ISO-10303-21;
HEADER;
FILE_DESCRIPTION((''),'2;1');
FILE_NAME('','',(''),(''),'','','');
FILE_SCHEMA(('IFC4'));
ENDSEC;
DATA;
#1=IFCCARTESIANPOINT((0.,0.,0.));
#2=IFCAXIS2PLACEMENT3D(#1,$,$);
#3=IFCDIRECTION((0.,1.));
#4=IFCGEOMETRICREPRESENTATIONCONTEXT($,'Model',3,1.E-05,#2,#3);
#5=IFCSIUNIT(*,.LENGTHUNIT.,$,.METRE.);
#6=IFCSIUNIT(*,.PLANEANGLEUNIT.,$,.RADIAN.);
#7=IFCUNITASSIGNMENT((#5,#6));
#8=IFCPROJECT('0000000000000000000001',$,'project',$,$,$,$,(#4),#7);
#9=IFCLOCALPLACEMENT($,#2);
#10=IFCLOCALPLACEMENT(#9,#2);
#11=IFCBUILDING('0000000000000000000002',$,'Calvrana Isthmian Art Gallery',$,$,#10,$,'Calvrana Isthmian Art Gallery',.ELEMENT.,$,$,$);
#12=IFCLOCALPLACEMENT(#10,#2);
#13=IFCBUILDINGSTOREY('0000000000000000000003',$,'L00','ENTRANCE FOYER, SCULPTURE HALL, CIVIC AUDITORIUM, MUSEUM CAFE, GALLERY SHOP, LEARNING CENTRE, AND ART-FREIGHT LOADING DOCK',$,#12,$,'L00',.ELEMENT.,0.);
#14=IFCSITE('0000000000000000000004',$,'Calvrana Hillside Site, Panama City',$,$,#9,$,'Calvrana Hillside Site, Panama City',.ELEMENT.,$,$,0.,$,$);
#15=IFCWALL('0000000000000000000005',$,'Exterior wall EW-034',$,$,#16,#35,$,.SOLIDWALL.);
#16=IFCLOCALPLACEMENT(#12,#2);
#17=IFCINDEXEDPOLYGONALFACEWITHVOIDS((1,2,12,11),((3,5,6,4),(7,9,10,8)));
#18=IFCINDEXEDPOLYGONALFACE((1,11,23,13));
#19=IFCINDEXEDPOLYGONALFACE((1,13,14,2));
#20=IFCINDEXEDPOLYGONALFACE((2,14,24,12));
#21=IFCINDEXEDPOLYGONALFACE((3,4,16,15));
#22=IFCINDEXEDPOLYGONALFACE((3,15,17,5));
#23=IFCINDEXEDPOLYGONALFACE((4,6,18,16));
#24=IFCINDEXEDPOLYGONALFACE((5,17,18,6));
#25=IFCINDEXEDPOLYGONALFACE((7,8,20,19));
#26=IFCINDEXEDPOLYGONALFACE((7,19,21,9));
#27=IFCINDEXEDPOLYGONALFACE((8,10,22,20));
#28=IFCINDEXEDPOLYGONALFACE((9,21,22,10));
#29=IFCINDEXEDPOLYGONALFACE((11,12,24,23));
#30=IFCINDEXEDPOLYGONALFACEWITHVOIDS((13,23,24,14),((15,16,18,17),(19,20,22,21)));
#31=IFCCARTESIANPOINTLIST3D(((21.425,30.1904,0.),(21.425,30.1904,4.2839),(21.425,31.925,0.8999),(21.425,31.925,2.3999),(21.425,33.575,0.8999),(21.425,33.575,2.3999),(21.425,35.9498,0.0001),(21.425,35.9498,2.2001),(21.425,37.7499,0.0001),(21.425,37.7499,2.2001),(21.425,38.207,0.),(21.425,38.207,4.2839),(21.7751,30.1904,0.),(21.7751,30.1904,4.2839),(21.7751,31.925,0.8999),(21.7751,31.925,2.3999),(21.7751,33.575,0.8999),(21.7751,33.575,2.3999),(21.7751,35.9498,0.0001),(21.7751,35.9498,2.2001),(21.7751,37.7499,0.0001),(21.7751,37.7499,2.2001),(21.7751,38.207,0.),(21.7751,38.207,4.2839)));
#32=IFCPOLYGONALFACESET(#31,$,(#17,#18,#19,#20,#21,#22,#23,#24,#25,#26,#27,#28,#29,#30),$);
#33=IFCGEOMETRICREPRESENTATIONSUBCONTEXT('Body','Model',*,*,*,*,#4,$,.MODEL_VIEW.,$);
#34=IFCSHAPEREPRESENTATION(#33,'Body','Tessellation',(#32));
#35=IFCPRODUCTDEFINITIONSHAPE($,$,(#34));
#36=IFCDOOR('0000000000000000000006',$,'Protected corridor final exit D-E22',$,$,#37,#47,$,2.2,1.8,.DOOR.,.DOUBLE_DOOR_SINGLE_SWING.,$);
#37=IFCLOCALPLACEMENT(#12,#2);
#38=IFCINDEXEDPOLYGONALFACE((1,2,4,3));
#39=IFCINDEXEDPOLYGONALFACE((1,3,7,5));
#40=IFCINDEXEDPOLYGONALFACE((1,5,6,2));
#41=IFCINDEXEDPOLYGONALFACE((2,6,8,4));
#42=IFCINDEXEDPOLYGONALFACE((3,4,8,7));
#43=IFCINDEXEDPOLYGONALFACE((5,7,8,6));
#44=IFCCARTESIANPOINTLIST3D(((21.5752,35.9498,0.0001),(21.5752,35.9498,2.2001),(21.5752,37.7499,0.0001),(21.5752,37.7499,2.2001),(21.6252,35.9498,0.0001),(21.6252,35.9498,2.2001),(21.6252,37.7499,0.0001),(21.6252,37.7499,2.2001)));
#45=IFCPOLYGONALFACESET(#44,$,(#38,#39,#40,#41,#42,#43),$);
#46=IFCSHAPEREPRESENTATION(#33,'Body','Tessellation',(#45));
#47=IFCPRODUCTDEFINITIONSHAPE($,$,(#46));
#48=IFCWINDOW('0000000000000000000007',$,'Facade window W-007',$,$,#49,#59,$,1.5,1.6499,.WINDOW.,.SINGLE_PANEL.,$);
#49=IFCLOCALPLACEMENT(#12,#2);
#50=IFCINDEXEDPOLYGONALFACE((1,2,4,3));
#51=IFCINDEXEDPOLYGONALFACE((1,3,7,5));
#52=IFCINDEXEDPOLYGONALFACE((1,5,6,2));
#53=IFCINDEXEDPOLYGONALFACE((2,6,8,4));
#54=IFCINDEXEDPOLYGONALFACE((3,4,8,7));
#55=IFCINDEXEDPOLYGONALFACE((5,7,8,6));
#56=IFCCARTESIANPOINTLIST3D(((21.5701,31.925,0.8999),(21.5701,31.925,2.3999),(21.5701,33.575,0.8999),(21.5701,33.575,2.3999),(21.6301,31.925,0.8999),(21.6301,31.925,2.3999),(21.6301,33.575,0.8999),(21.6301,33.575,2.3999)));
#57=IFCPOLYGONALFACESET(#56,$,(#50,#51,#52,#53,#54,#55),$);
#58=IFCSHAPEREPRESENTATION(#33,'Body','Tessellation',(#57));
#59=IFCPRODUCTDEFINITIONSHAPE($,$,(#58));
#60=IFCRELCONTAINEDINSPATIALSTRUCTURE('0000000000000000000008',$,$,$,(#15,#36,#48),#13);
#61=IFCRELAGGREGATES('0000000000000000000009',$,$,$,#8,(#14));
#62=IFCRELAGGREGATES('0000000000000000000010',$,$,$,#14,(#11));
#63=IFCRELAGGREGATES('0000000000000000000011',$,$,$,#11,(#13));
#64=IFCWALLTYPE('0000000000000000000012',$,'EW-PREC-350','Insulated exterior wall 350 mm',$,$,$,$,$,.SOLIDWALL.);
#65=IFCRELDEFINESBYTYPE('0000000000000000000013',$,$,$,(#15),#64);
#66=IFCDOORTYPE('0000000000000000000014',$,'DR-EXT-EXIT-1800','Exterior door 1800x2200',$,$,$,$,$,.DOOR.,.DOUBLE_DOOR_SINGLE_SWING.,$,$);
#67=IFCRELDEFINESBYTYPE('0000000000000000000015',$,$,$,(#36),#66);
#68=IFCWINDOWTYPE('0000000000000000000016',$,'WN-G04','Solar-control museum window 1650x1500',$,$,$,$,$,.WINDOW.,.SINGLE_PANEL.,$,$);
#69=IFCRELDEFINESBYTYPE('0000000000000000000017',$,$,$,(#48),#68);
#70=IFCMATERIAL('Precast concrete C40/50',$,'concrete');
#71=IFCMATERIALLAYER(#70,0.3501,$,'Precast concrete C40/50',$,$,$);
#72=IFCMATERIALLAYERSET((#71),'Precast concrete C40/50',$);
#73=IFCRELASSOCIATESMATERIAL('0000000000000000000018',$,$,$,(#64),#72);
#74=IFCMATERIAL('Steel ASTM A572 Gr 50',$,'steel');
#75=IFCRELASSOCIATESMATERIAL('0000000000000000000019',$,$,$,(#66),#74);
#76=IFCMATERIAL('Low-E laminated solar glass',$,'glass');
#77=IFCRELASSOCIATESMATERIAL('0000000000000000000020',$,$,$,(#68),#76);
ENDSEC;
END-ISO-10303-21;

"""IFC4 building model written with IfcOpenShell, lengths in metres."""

from ifc_helpers import new_model, si_unit, direction, frame, frame_2d, origin, place, context, subcontext, project, spatial, rectangle, extrude, material, layer, layer_set, type_object, element, fill, save


model = new_model("IFC4")

# Units and contexts
model_context = context("Model", 3, precision=1e-05, world=origin(), true_north=direction((0.0, 1.0)))
body_context = subcontext(model_context, "Body", "Model", "MODEL_VIEW")
ifc_project = project(units=[si_unit("LENGTHUNIT", "METRE"), si_unit("PLANEANGLEUNIT", "RADIAN")], contexts=[model_context])

# Site, building, storey
site_placement = place(None, origin())
site = spatial("IfcSite", under=ifc_project, at=site_placement, Name="Calvrana Hillside Site, Panama City", LongName="Calvrana Hillside Site, Panama City", CompositionType="ELEMENT", RefElevation=0.0)
building_placement = place(site_placement, origin())
building = spatial("IfcBuilding", under=site, at=building_placement, Name="Calvrana Isthmian Art Gallery", LongName="Calvrana Isthmian Art Gallery", CompositionType="ELEMENT")
storey_placement = place(building_placement, origin())
storey = spatial("IfcBuildingStorey", under=building, at=storey_placement, Name="L00", Description="ENTRANCE FOYER, SCULPTURE HALL, CIVIC AUDITORIUM, MUSEUM CAFE, GALLERY SHOP, LEARNING CENTRE, AND ART-FREIGHT LOADING DOCK", LongName="L00", CompositionType="ELEMENT", Elevation=0.0)

# Shared definitions
ifc_material_1 = material(Name="Low-E laminated solar glass", Category="glass")

# Wall, openings, door, window
ifc_material_2 = material(Name="Precast concrete C40/50", Category="concrete")
ifc_layer_1 = layer(ifc_material_2, 0.3501, Name="Precast concrete C40/50")
ifc_layer_set_1 = layer_set([ifc_layer_1], Name="Precast concrete C40/50")
wall_type = type_object("IfcWallType", Name="EW-PREC-350", Description="Insulated exterior wall 350 mm", PredefinedType="SOLIDWALL", material=ifc_layer_set_1)
wall_placement = place(storey_placement, frame((21.6001, 30.1904, 0.0), z_axis=(0.0, 0.0, 1.0), x_axis=(0.0, 1.0, 0.0)))
wall = element("IfcWall", 1, at=wall_placement, inside=storey, type_object=wall_type, Name="Exterior wall EW-034", PredefinedType="SOLIDWALL", context=body_context, shape_type="SweptSolid", body=[
    extrude(rectangle(XDim=8.0166, YDim=0.3501, at=frame_2d((4.0083, 0.0))), origin(), (0.0, 0.0, 1.0), 4.2839),
])
opening_1_placement = place(wall_placement, frame((5.7595, 0.0, 0.0)))
opening_1 = element("IfcOpeningElement", 2, at=opening_1_placement, cuts=wall, PredefinedType="OPENING", context=body_context, shape_type="SweptSolid", body=[
    extrude(rectangle(XDim=1.8, YDim=2.2, at=frame_2d((0.8999, 1.1001))), frame((0.0, 0.1853, 0.0), z_axis=(0.0, -1.0, 0.0), x_axis=(1.0, 0.0, 0.0)), (0.0, 0.0, 1.0), 0.3706),
])
opening_2_placement = place(wall_placement, frame((1.7346, 0.0, 0.8999)))
opening_2 = element("IfcOpeningElement", 3, at=opening_2_placement, cuts=wall, PredefinedType="OPENING", context=body_context, shape_type="SweptSolid", body=[
    extrude(rectangle(XDim=1.6499, YDim=1.5, at=frame_2d((0.825, 0.75))), frame((0.0, 0.1853, 0.0), z_axis=(0.0, -1.0, 0.0), x_axis=(1.0, 0.0, 0.0)), (0.0, 0.0, 1.0), 0.3706),
])
ifc_material_3 = material(Name="Steel ASTM A572 Gr 50", Category="steel")
door_type = type_object("IfcDoorType", Name="DR-EXT-EXIT-1800", Description="Exterior door 1800x2200", OperationType="DOUBLE_DOOR_SINGLE_SWING", PredefinedType="DOOR", material=ifc_material_3)
door_placement = place(opening_1_placement, origin())
door = element("IfcDoor", 4, at=door_placement, inside=storey, type_object=door_type, Name="Protected corridor final exit D-E22", OperationType="DOUBLE_DOOR_SINGLE_SWING", OverallHeight=2.2, OverallWidth=1.8, PredefinedType="DOOR", context=body_context, shape_type="SweptSolid", body=[
    extrude(rectangle(XDim=1.8, YDim=2.2, at=frame_2d((0.8999, 1.1001))), frame((0.0, 0.0249, 0.0), z_axis=(0.0, -1.0, 0.0), x_axis=(1.0, 0.0, 0.0)), (0.0, 0.0, 1.0), 0.05),
])
fill(opening_1, door)
window_type = type_object("IfcWindowType", Name="WN-G04", Description="Solar-control museum window 1650x1500", PartitioningType="SINGLE_PANEL", PredefinedType="WINDOW", material=ifc_material_1)
window_placement = place(opening_2_placement, origin())
window = element("IfcWindow", 5, at=window_placement, inside=storey, type_object=window_type, Name="Facade window W-007", OverallHeight=1.5, OverallWidth=1.6499, PartitioningType="SINGLE_PANEL", PredefinedType="WINDOW", context=body_context, shape_type="SweptSolid", body=[
    extrude(rectangle(XDim=1.6499, YDim=1.5, at=frame_2d((0.825, 0.75))), frame((0.0, 0.03, 0.0), z_axis=(0.0, -1.0, 0.0), x_axis=(1.0, 0.0, 0.0)), (0.0, 0.0, 1.0), 0.0601),
])
fill(opening_2, window)

save(model, "model.ifc")
